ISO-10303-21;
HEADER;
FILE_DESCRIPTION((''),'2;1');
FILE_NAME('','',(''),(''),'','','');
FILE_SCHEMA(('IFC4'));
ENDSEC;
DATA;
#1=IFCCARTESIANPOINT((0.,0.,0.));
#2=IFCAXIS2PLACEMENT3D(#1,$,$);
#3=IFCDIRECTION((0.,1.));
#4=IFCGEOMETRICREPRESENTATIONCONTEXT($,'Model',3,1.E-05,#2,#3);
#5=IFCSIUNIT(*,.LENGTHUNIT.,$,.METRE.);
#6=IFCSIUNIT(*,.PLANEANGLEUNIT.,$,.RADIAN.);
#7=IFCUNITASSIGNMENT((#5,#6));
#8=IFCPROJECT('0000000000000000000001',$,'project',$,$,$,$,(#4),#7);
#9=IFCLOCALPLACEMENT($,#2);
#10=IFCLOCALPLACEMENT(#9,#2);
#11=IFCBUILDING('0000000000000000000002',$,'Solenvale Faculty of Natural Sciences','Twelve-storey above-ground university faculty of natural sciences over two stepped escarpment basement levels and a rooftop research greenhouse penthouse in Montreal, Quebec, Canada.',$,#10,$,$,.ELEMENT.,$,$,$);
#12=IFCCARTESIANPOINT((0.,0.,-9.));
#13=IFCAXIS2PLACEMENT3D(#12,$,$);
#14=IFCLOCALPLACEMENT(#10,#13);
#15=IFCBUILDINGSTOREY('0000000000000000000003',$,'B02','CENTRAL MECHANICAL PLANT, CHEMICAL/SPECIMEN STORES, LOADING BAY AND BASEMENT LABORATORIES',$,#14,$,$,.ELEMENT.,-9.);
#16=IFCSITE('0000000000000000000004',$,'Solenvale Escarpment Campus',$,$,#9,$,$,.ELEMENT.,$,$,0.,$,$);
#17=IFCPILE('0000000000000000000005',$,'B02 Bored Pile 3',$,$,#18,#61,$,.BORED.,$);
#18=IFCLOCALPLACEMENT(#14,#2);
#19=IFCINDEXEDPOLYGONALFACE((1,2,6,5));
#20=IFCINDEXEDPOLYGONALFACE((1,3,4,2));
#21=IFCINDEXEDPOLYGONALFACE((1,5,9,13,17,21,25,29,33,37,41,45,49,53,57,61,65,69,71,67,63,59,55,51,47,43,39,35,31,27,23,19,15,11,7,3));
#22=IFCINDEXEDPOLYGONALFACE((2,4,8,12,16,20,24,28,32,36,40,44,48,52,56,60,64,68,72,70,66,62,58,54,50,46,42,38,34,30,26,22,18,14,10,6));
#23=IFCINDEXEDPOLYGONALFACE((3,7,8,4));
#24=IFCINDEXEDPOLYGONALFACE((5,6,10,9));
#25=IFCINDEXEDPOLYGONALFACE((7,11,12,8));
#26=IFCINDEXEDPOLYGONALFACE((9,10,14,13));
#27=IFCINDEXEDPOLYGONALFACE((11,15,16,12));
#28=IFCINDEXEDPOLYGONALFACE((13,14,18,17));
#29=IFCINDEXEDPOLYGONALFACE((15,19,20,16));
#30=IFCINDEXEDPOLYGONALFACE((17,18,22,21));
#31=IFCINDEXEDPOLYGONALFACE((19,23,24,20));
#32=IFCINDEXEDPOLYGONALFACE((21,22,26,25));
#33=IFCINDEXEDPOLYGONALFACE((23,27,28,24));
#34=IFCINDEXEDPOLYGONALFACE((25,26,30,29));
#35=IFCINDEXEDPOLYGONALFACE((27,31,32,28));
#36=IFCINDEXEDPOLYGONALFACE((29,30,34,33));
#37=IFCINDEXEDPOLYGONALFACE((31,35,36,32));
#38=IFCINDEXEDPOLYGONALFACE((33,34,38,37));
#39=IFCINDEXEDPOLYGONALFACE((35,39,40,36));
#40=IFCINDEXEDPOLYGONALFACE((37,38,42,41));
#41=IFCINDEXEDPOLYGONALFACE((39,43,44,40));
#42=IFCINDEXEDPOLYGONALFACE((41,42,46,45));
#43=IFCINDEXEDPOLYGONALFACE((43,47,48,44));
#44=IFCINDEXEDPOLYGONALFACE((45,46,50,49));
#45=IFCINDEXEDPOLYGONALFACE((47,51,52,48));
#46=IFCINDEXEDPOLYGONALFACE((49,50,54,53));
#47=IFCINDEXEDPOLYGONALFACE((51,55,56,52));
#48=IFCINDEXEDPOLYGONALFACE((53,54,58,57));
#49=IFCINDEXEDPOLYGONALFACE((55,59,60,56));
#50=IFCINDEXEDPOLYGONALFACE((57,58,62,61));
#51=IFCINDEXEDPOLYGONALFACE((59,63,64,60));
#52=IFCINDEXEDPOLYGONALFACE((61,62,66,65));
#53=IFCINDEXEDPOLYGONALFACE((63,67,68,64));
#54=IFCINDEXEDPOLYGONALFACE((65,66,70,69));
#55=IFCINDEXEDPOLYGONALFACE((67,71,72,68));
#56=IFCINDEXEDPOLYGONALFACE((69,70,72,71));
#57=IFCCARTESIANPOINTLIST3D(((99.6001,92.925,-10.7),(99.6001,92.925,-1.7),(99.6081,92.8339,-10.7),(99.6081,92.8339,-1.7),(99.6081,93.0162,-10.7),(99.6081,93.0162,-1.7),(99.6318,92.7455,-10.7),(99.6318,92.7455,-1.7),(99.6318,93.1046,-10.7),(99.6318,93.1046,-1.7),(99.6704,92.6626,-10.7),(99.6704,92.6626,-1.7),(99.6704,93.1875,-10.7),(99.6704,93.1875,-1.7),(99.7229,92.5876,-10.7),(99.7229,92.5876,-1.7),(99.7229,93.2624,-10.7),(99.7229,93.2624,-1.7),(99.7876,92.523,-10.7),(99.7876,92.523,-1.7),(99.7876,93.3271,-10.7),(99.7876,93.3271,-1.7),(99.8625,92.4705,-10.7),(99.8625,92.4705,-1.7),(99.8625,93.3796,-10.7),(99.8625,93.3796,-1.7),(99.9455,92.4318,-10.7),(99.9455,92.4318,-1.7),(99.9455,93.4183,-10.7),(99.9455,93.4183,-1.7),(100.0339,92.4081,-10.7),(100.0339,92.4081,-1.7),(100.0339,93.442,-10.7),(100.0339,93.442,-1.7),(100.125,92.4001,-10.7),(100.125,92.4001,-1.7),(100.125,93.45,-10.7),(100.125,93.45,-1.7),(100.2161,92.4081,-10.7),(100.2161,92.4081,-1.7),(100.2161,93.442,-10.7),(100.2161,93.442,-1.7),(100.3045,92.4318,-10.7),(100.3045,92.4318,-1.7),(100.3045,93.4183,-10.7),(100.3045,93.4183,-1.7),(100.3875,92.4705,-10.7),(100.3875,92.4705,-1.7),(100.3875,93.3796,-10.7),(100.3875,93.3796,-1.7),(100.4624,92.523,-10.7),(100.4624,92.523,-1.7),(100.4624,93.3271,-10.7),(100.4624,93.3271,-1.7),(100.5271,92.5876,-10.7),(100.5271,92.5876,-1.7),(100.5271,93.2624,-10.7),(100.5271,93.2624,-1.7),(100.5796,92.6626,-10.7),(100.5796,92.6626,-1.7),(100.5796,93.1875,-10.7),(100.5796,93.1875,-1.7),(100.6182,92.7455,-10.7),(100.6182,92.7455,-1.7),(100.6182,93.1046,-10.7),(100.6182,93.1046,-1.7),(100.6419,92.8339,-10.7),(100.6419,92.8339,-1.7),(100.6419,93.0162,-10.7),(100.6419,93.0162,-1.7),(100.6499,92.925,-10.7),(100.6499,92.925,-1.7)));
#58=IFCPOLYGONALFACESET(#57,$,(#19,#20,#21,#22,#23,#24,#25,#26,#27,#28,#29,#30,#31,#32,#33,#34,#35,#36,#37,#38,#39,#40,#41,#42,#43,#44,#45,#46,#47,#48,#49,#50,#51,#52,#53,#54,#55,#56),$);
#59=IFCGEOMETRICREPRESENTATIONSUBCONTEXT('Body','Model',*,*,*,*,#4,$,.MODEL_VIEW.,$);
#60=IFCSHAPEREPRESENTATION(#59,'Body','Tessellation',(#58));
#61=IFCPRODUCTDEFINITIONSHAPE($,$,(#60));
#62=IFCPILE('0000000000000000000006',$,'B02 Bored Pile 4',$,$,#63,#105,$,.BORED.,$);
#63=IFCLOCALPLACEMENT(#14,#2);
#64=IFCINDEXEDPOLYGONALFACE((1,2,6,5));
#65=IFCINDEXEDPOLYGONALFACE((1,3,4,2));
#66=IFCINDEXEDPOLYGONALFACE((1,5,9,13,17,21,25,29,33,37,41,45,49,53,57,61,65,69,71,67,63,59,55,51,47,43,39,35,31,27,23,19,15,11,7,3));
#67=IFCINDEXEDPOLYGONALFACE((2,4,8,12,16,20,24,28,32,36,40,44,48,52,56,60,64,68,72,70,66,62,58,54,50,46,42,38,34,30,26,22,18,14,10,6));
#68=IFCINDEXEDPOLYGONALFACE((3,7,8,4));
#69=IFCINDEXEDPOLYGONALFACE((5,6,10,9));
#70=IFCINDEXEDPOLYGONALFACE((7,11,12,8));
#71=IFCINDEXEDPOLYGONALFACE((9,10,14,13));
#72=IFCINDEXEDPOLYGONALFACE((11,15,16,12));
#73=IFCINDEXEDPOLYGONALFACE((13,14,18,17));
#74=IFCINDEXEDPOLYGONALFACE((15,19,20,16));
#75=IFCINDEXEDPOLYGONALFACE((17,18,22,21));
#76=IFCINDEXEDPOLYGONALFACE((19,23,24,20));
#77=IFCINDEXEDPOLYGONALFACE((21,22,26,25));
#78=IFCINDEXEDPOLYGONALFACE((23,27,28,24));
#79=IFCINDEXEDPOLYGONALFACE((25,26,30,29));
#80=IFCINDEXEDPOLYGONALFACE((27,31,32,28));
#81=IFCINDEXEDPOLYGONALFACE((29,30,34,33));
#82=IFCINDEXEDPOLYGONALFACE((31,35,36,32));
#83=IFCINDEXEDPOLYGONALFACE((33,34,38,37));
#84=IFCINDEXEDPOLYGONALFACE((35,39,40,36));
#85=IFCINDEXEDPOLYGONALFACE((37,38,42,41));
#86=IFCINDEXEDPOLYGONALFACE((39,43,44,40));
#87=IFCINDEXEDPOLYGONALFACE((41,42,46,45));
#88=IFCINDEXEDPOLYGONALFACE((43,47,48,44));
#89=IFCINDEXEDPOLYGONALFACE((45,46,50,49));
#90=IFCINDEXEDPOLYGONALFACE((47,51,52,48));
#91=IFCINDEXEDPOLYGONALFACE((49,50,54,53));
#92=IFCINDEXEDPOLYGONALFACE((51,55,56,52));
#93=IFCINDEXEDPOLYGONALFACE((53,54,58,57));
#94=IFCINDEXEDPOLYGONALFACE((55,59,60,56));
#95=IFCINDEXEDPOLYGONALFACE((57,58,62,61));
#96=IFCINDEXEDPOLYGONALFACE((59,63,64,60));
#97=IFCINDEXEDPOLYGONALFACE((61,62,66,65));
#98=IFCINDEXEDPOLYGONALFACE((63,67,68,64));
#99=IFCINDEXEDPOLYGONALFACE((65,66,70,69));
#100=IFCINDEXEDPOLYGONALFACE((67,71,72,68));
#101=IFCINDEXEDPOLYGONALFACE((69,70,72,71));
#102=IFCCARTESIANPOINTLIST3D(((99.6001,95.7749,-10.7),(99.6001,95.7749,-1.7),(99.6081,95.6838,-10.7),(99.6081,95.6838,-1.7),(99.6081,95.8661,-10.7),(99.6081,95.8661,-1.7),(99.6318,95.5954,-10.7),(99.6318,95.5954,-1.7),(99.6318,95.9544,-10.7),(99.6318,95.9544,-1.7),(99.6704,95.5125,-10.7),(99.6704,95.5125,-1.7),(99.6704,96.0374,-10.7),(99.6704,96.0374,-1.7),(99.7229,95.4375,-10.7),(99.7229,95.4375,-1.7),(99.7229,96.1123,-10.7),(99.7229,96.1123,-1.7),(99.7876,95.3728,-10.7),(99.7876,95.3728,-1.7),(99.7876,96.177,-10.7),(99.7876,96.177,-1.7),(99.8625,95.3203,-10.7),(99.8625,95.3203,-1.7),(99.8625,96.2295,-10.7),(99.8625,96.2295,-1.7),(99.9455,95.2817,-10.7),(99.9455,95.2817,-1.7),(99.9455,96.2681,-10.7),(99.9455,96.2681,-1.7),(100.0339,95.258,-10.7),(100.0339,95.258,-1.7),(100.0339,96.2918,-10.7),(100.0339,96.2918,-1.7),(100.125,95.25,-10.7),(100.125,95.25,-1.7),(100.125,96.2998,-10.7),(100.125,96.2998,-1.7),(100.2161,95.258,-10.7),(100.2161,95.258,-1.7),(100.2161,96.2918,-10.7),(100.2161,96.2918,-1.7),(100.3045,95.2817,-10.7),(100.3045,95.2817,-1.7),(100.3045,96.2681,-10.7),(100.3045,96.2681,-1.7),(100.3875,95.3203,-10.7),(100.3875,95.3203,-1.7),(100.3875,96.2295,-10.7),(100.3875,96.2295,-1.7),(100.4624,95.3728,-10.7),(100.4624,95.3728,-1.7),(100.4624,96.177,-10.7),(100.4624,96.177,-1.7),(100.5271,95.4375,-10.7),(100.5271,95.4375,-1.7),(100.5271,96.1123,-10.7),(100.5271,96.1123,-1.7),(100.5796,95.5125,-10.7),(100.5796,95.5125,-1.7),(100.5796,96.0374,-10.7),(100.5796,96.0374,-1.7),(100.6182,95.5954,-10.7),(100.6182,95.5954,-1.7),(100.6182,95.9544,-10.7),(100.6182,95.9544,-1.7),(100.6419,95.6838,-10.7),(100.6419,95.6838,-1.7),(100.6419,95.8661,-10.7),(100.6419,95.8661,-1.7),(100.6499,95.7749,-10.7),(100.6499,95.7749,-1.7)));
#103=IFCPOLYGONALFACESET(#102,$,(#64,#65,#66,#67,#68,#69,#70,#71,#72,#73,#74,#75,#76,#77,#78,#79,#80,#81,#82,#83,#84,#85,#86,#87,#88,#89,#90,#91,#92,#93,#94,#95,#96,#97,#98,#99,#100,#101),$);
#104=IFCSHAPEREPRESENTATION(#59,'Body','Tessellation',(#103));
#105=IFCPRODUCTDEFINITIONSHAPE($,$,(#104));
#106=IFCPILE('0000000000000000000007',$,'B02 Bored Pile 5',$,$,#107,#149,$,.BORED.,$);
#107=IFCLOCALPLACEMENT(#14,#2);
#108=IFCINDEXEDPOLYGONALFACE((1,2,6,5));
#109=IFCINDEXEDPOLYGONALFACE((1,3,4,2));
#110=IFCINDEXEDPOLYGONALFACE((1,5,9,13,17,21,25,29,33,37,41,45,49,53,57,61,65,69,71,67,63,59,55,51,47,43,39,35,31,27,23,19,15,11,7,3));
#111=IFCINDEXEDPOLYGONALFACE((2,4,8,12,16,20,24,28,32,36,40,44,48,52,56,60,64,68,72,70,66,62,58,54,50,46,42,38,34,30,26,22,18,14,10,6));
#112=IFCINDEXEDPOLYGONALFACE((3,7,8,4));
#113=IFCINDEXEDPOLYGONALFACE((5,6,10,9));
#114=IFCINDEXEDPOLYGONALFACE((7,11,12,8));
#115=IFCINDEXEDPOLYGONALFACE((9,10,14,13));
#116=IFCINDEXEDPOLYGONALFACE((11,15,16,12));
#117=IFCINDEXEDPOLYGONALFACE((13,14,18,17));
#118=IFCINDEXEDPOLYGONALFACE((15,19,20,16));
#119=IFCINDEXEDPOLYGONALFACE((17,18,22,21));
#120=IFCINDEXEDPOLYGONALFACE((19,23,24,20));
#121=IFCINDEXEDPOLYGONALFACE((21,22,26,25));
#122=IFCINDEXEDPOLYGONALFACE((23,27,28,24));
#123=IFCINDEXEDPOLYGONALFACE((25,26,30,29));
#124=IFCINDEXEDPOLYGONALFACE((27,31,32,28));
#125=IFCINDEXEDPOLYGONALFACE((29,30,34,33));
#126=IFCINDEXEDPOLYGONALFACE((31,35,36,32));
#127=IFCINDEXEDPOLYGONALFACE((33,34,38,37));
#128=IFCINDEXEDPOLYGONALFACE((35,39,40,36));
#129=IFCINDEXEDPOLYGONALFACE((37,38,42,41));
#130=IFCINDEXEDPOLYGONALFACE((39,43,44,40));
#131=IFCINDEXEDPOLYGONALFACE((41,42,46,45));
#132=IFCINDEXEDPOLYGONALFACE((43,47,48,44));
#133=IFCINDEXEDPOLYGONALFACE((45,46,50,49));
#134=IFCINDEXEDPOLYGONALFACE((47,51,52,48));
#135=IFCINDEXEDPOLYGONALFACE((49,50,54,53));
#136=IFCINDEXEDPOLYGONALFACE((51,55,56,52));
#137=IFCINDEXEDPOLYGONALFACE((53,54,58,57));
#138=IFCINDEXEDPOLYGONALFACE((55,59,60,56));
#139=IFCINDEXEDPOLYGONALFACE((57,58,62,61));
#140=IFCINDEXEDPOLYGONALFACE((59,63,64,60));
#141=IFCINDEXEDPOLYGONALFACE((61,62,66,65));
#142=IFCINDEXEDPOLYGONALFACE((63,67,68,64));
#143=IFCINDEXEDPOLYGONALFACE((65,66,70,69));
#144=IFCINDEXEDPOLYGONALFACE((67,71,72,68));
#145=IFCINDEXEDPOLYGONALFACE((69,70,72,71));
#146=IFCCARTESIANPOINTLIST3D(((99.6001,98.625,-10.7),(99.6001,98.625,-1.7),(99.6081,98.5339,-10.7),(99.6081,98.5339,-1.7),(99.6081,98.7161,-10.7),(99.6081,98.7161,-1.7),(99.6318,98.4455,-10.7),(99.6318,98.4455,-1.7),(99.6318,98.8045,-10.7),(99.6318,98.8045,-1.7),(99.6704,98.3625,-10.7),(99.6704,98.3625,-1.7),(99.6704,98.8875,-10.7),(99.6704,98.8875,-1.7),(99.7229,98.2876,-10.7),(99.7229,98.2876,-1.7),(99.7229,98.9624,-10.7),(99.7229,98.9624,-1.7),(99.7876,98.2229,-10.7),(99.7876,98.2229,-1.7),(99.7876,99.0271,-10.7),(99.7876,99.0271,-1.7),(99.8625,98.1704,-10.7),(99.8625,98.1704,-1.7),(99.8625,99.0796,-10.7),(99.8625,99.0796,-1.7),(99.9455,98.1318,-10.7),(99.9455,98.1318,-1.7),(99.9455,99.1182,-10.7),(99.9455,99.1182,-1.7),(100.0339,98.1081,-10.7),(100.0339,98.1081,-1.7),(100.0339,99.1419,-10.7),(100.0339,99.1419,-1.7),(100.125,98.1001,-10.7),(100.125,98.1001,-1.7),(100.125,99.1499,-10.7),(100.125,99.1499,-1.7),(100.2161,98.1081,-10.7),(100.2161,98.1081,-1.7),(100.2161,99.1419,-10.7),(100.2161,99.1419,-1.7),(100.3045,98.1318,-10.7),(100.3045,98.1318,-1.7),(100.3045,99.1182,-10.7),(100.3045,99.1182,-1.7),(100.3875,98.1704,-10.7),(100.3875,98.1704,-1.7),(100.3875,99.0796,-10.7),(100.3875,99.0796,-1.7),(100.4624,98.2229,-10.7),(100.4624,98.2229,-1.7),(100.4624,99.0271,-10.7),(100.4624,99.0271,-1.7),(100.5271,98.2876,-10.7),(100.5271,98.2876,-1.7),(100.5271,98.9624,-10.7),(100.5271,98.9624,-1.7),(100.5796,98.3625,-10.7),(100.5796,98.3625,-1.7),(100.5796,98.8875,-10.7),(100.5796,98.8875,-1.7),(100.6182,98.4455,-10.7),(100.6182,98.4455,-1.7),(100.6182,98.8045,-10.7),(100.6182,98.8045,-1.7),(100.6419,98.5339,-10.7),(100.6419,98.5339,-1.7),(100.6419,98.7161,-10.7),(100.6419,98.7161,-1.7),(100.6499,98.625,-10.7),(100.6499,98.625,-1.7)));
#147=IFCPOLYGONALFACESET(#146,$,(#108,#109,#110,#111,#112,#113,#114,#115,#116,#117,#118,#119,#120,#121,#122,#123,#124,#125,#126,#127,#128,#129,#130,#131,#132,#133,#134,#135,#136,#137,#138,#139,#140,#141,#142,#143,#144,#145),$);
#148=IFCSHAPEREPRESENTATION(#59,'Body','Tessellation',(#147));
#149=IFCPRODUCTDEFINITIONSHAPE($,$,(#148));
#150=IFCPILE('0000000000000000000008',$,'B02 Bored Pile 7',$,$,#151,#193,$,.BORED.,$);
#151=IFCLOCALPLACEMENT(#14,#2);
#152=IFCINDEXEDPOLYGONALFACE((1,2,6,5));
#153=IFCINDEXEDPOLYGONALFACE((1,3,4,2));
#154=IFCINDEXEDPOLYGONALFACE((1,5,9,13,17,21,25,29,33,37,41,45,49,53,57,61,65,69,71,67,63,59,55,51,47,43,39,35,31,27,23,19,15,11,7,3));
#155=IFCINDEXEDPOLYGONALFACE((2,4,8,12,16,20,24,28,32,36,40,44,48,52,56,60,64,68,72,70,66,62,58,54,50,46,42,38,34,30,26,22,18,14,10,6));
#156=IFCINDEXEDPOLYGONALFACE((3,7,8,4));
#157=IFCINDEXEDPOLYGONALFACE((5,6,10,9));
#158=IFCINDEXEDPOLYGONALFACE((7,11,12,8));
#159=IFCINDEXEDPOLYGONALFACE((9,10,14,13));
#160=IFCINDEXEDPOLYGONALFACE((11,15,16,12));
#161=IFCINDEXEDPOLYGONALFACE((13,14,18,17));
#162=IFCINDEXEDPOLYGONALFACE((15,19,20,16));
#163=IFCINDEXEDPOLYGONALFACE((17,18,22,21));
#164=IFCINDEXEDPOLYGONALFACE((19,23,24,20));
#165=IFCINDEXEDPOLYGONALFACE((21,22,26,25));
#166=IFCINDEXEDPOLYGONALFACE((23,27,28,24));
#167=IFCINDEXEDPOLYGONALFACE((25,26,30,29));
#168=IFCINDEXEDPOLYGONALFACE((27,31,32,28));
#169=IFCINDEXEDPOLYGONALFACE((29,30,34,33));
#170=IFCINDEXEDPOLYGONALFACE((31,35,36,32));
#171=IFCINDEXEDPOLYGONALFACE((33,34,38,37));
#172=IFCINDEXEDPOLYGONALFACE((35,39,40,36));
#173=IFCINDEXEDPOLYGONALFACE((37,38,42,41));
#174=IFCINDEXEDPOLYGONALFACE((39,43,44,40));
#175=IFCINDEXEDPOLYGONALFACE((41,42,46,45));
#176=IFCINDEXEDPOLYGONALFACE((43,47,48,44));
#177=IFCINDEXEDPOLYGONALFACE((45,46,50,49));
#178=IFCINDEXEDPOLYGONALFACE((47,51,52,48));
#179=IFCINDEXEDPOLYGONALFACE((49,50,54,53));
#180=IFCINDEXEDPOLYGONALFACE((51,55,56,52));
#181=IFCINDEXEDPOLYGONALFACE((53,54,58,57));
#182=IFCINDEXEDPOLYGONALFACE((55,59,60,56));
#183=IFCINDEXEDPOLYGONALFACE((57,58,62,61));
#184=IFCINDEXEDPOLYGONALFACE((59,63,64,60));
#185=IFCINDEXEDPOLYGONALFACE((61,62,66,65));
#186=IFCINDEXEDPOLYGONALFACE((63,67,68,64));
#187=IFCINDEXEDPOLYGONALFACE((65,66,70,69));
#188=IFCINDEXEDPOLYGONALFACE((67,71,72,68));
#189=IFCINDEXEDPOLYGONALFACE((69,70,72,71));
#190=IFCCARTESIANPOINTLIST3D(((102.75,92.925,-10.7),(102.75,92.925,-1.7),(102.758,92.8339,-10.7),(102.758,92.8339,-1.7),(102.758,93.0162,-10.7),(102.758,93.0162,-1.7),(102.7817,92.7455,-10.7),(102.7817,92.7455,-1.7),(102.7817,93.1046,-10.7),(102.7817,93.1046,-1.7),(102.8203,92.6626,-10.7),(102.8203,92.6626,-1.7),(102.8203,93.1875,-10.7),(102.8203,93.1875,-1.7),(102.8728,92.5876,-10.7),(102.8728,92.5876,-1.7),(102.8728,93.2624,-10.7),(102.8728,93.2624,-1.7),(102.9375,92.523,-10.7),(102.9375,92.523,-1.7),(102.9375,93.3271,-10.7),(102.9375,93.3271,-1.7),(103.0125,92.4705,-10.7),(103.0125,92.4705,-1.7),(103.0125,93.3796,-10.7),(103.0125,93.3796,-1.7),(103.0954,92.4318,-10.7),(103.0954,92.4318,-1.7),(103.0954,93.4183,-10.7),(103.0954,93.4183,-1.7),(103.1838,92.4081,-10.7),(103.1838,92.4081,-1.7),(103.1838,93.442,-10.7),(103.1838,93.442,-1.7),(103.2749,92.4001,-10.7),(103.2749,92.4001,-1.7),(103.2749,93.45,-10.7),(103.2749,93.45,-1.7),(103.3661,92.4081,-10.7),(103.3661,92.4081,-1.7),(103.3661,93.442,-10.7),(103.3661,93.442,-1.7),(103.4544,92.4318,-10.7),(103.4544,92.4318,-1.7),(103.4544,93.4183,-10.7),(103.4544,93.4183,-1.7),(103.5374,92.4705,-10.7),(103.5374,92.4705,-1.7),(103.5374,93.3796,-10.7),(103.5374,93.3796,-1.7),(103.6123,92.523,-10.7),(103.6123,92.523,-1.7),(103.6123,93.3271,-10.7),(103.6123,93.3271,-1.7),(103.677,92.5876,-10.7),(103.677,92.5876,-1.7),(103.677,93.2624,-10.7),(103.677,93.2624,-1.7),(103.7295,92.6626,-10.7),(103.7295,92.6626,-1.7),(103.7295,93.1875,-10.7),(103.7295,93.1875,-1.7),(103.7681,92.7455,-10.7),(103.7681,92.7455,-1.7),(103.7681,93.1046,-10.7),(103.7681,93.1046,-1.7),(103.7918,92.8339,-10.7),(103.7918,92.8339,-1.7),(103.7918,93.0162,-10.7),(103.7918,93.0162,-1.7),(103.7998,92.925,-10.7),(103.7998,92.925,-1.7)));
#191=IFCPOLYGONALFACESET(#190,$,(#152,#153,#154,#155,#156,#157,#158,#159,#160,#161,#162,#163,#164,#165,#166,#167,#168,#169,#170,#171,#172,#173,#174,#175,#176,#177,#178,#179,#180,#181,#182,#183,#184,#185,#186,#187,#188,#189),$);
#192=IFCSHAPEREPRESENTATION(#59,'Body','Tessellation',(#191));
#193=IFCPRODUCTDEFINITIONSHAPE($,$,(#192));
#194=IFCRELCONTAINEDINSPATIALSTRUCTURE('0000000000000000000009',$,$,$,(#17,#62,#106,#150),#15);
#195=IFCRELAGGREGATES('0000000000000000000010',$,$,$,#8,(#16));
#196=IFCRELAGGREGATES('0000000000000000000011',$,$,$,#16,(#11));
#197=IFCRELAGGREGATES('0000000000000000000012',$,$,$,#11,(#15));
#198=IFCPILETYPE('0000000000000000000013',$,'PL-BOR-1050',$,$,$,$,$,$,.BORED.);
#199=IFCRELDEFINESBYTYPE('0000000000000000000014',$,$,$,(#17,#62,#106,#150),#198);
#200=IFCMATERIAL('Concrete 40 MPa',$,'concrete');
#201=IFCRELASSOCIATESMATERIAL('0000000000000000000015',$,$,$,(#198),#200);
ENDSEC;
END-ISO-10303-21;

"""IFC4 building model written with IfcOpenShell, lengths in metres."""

from ifc_helpers import new_model, si_unit, direction, frame, origin, origin_2d, place, context, subcontext, project, spatial, circle, extrude, material, material_profile, profile_set, type_object, element, save


model = new_model("IFC4")

# Units and contexts
model_context = context("Model", 3, precision=1e-05, world=origin(), true_north=direction((0.0, 1.0)))
body_context = subcontext(model_context, "Body", "Model", "MODEL_VIEW")
ifc_project = project(units=[si_unit("LENGTHUNIT", "METRE"), si_unit("PLANEANGLEUNIT", "RADIAN")], contexts=[model_context])

# Site, building, storey
site_placement = place(None, origin())
site = spatial("IfcSite", under=ifc_project, at=site_placement, Name="Solenvale Escarpment Campus", CompositionType="ELEMENT", RefElevation=0.0)
building_placement = place(site_placement, origin())
building = spatial("IfcBuilding", under=site, at=building_placement, Name="Solenvale Faculty of Natural Sciences", Description="Twelve-storey above-ground university faculty of natural sciences over two stepped escarpment basement levels and a rooftop research greenhouse penthouse in Montreal, Quebec, Canada.", CompositionType="ELEMENT")
storey_placement = place(building_placement, frame((0.0, 0.0, -9.0)))
storey = spatial("IfcBuildingStorey", under=building, at=storey_placement, Name="B02", Description="CENTRAL MECHANICAL PLANT, CHEMICAL/SPECIMEN STORES, LOADING BAY AND BASEMENT LABORATORIES", CompositionType="ELEMENT", Elevation=-9.0)

# Piles
ifc_material_1 = material(Name="Concrete 40 MPa", Category="concrete")
ifc_material_profile_1 = material_profile(ifc_material_1, circle(Radius=0.5249, at=origin_2d()), Name="PILE-D1050")
ifc_profile_set_1 = profile_set([ifc_material_profile_1], Name="Concrete 40 MPa")
pile_type = type_object("IfcPileType", Name="PL-BOR-1050", PredefinedType="BORED", material=ifc_profile_set_1)
for number, where, z_axis, x_axis, name in (
    (1, (100.125, 92.925, -1.7), (0.0, 0.0, -1.0), (1.0, 0.0, 0.0), "B02 Bored Pile 3"),
    (2, (100.125, 95.7749, -1.7), (0.0, 0.0, -1.0), (1.0, 0.0, 0.0), "B02 Bored Pile 4"),
    (3, (100.125, 98.625, -1.7), (0.0, 0.0, -1.0), (1.0, 0.0, 0.0), "B02 Bored Pile 5"),
    (4, (103.2749, 92.925, -1.7), (0.0, 0.0, -1.0), (1.0, 0.0, 0.0), "B02 Bored Pile 7"),
):
    element("IfcPile", number, at=place(storey_placement, frame(where, z_axis=z_axis, x_axis=x_axis)), inside=storey, type_object=pile_type, Name=name, PredefinedType="BORED", context=body_context, shape_type="SweptSolid", body=[
        extrude(circle(Radius=0.5249, at=origin_2d()), origin(), (0.0, 0.0, 1.0), 9.0),
    ])

save(model, "model.ifc")
